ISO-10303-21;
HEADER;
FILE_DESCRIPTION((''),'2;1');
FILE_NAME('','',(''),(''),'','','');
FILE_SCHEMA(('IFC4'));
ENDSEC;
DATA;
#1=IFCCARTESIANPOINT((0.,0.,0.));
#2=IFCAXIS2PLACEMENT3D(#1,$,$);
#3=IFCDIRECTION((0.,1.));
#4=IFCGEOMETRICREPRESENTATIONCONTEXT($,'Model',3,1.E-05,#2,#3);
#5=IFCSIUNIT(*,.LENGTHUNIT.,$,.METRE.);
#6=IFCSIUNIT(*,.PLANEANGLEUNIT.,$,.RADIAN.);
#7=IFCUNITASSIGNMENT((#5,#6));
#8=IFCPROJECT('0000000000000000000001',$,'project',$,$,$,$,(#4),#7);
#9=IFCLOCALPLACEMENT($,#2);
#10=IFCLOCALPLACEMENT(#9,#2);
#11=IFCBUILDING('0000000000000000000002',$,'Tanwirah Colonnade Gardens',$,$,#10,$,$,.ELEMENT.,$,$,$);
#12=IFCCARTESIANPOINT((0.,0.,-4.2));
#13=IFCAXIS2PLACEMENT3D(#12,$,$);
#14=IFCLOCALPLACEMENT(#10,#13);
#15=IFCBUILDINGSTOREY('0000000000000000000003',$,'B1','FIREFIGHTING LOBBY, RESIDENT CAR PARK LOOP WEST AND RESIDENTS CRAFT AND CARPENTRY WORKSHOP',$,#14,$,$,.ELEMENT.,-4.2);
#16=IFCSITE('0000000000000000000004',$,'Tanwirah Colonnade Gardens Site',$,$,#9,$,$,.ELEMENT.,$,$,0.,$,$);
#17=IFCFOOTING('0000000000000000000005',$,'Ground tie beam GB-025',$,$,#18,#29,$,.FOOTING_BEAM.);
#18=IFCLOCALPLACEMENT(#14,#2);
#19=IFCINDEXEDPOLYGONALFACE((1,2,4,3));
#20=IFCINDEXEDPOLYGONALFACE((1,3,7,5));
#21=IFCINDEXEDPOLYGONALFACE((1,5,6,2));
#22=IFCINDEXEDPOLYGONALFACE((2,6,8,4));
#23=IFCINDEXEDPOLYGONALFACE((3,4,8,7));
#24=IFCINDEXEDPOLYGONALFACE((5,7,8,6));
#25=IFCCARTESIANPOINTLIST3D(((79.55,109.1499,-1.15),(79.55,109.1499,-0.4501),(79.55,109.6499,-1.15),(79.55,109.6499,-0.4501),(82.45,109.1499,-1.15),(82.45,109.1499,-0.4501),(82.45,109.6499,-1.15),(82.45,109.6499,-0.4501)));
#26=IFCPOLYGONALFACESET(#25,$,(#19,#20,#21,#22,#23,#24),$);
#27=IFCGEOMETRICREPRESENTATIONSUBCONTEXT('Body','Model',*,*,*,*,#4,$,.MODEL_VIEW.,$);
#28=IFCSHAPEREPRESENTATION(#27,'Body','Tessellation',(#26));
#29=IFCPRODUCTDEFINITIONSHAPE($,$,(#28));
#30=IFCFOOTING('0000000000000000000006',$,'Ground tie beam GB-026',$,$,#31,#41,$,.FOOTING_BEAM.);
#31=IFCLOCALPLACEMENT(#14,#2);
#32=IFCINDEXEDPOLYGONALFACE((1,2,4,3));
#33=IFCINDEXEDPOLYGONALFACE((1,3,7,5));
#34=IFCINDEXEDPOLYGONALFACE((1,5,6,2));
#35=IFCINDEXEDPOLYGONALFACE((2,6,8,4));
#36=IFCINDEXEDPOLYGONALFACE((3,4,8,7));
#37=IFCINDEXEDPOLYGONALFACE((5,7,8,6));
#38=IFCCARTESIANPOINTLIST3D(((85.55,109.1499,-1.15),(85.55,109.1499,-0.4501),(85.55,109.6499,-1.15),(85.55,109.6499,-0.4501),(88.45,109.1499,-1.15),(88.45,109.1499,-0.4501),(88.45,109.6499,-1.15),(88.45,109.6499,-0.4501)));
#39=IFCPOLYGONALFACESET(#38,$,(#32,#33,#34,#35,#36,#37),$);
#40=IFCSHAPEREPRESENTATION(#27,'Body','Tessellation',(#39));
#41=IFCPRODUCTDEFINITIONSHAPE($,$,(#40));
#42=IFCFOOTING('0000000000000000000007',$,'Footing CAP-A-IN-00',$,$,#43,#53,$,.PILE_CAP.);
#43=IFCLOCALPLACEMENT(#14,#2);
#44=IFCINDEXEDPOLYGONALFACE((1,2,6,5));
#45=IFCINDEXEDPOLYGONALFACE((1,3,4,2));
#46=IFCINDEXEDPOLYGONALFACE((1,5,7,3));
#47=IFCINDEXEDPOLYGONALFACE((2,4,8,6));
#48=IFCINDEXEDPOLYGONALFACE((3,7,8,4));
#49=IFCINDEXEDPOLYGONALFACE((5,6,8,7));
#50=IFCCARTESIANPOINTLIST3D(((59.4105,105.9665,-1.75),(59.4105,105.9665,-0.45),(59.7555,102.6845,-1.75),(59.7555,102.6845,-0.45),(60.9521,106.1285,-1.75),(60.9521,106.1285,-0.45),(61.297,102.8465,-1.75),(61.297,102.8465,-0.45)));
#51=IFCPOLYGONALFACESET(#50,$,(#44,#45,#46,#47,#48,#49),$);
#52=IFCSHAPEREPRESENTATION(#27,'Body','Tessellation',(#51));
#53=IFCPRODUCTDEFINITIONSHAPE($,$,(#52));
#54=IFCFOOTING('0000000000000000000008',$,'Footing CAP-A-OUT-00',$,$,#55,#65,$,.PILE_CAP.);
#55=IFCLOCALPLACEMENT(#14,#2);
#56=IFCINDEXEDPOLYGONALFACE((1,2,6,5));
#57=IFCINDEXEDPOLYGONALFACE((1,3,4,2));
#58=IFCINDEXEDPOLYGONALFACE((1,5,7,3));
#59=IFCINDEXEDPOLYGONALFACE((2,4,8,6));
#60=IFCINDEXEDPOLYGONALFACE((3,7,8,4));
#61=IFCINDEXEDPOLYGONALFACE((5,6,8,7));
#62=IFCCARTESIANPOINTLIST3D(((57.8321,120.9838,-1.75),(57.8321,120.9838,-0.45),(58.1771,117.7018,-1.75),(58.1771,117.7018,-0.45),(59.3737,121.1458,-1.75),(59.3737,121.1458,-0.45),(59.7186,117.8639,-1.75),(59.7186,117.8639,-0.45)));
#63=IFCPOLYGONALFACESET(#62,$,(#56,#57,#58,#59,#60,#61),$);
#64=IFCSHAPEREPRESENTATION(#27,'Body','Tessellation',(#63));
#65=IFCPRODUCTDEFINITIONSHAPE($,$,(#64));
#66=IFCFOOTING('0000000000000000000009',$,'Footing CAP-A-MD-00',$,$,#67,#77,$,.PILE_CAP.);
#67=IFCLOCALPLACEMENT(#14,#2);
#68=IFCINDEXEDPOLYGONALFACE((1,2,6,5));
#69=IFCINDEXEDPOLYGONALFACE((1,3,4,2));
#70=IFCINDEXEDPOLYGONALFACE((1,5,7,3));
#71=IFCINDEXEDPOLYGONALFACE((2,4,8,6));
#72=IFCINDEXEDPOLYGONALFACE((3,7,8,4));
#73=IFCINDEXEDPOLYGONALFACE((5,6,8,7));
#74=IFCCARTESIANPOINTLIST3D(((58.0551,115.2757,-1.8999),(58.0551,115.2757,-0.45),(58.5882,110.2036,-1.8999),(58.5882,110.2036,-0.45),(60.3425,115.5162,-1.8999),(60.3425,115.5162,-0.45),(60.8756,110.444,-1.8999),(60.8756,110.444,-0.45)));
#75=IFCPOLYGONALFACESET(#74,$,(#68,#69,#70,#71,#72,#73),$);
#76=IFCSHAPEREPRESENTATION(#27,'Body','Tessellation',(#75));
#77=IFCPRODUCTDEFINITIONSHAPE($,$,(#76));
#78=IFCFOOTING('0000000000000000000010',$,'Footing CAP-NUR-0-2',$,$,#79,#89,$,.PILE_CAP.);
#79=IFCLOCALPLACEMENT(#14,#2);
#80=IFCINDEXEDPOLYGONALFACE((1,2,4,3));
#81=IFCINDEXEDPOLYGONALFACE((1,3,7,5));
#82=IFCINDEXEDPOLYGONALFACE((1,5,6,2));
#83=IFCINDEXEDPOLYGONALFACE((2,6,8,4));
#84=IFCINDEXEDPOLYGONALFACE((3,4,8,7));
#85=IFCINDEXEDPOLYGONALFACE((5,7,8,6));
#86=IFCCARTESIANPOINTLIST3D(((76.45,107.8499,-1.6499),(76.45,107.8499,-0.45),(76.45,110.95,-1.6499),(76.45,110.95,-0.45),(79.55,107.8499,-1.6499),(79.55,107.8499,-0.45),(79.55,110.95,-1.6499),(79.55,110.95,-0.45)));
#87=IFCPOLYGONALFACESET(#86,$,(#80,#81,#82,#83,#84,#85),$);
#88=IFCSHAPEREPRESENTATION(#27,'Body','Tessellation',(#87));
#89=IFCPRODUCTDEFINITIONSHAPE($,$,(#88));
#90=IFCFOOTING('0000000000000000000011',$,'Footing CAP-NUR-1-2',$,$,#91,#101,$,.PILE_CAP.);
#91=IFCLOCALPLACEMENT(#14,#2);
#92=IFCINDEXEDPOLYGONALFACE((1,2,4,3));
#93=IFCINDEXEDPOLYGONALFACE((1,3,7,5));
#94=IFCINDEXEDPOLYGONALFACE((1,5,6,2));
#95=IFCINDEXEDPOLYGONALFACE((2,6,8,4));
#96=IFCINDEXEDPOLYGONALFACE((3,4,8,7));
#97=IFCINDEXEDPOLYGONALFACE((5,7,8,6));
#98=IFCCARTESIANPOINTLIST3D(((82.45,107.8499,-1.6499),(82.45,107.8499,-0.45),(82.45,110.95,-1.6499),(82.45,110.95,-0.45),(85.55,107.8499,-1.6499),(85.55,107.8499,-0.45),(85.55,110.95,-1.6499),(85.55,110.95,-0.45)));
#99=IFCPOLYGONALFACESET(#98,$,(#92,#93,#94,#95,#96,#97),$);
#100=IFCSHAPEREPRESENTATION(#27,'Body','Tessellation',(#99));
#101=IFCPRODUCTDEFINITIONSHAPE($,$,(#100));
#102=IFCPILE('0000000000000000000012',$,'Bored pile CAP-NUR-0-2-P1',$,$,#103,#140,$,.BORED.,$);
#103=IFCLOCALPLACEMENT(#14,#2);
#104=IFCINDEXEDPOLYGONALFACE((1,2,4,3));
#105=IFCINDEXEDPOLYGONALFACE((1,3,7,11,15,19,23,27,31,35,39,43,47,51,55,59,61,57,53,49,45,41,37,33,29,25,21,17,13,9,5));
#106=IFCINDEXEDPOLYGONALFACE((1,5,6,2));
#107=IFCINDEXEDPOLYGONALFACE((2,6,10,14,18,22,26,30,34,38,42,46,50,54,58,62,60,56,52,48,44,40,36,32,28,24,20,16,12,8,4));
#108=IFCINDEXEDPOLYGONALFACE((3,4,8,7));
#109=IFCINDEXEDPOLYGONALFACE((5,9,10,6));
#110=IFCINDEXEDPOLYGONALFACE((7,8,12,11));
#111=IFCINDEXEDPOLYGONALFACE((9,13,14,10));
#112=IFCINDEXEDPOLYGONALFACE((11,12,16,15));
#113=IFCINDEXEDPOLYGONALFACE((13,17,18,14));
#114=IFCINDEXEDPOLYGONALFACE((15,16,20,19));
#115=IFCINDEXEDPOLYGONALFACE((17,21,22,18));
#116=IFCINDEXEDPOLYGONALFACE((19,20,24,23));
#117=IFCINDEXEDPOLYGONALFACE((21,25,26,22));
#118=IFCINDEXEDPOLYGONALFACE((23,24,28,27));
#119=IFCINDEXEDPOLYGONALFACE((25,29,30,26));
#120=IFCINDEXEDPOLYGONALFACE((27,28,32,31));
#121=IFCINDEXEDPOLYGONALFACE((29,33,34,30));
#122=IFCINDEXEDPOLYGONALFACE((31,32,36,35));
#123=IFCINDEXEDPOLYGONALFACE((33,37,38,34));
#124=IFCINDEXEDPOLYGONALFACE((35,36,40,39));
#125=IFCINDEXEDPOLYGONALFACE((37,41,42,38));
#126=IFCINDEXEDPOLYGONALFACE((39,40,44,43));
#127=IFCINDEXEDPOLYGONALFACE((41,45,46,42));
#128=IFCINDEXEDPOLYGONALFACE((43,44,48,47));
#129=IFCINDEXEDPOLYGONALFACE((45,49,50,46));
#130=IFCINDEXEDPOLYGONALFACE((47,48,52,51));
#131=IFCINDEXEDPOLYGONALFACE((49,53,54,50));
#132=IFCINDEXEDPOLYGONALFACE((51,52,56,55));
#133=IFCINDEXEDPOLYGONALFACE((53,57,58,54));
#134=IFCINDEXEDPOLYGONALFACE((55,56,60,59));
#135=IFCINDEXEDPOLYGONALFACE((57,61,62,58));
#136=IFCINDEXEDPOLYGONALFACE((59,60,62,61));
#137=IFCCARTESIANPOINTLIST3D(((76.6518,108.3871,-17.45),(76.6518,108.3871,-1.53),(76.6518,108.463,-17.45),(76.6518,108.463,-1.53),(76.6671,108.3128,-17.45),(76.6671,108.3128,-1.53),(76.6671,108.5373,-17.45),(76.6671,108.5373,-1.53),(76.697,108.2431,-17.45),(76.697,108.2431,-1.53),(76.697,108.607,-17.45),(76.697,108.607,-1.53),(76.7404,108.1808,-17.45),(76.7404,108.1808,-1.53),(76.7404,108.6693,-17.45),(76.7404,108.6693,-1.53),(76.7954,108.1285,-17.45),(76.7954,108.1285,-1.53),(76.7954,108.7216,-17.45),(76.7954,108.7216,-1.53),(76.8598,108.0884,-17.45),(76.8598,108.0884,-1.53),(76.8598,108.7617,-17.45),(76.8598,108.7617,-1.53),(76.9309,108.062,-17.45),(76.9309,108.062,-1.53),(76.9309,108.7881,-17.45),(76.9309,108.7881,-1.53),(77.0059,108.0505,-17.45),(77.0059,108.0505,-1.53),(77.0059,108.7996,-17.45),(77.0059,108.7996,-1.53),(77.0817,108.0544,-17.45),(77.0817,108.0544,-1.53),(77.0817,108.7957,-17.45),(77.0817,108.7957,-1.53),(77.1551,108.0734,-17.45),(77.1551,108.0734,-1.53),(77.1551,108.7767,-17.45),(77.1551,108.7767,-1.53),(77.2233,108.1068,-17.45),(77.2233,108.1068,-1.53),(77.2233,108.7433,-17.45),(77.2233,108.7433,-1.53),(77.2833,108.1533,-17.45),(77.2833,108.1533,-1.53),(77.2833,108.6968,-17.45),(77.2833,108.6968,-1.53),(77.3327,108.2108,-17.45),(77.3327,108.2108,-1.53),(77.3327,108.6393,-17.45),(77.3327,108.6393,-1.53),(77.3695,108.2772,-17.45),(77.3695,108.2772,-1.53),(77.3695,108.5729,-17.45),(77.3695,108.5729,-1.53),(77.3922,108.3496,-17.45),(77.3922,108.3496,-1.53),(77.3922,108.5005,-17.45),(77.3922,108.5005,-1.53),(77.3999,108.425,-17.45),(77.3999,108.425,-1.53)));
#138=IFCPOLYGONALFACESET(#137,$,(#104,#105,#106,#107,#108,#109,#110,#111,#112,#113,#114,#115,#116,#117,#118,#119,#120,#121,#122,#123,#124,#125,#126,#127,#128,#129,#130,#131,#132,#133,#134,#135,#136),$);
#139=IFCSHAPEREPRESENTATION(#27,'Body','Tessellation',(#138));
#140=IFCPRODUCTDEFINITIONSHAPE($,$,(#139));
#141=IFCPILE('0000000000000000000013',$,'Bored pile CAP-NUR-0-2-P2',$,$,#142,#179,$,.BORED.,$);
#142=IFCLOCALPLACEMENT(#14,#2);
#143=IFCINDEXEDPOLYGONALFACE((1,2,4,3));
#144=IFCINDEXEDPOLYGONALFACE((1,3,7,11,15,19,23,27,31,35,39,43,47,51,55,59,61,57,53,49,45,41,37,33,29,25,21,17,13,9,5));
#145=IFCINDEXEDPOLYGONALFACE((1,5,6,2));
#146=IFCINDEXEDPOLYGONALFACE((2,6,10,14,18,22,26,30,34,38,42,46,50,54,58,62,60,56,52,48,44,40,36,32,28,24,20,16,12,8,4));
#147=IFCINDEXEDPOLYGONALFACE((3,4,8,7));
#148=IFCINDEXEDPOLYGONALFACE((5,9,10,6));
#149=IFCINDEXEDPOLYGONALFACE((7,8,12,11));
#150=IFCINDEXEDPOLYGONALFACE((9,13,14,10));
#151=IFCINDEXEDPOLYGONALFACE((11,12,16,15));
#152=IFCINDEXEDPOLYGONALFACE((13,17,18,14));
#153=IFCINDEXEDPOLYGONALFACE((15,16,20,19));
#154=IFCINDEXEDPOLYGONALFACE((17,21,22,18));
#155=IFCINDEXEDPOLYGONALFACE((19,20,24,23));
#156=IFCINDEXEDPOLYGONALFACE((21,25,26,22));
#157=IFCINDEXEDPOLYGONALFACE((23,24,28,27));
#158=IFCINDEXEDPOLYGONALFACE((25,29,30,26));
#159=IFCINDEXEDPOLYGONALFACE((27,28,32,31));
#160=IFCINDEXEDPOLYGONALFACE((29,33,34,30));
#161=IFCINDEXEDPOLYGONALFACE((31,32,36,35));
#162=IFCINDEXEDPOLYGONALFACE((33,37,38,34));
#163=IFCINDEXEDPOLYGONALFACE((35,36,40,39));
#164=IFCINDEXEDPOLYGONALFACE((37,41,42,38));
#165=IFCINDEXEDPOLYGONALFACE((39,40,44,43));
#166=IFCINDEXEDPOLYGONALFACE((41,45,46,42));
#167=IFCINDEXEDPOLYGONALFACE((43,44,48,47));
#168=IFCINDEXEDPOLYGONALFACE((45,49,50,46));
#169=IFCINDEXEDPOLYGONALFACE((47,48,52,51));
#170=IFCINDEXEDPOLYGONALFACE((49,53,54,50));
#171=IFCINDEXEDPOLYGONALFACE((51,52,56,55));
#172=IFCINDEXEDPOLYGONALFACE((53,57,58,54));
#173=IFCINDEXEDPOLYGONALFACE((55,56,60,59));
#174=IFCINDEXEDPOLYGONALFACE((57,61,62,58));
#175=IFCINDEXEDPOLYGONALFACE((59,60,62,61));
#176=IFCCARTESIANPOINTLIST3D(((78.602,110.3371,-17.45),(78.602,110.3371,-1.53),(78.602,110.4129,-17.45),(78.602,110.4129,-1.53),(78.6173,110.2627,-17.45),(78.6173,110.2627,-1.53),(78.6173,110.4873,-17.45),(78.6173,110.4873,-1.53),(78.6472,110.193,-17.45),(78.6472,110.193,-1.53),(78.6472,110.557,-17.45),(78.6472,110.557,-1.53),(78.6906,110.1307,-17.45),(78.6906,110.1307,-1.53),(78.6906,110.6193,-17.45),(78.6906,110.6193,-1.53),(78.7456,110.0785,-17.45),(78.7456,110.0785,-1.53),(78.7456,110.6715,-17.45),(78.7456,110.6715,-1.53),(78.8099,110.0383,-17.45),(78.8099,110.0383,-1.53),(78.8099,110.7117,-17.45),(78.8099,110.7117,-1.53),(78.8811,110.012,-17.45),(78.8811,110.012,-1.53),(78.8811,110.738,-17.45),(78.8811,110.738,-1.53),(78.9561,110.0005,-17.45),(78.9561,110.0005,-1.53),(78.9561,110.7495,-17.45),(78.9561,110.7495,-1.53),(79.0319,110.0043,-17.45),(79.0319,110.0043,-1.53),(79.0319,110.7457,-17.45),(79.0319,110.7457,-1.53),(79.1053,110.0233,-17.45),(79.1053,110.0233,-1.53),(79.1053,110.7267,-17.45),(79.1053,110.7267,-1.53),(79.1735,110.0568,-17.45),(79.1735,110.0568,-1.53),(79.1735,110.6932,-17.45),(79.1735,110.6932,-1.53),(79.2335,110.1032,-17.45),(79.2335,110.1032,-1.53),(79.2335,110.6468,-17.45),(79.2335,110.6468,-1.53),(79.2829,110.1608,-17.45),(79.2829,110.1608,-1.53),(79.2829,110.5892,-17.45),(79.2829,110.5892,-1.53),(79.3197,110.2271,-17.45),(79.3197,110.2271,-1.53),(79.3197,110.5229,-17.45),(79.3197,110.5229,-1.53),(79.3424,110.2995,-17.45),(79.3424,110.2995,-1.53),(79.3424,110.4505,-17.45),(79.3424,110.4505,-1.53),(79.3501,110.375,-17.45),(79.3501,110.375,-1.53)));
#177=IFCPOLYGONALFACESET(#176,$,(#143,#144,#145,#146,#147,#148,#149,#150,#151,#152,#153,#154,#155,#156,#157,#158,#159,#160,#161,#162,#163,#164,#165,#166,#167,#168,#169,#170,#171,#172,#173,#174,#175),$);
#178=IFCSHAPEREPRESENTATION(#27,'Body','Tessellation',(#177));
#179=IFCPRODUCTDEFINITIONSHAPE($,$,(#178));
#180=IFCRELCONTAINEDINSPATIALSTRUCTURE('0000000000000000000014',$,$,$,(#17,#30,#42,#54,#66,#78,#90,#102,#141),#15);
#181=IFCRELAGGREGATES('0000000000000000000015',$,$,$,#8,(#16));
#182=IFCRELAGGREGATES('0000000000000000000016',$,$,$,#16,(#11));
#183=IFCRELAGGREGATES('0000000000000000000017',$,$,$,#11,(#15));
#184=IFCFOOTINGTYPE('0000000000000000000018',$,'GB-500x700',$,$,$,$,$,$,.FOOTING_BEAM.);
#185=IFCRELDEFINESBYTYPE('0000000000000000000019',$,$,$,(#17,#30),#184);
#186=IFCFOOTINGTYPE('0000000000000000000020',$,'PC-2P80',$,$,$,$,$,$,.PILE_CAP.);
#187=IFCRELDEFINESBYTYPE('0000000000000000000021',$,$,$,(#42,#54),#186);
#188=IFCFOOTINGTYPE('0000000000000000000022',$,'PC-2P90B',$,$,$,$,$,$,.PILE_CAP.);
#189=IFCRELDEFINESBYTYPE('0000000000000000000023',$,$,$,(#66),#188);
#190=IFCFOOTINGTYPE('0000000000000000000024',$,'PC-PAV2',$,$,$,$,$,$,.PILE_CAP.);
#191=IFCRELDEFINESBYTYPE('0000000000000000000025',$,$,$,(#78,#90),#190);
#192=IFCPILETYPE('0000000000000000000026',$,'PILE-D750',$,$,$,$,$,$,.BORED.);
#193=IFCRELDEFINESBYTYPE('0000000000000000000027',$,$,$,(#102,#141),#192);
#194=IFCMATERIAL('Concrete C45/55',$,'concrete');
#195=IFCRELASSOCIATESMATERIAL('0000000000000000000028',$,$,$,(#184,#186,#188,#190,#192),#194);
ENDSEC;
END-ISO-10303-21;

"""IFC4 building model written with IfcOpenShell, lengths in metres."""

from ifc_helpers import new_model, si_unit, direction, frame, origin, origin_2d, place, context, subcontext, project, spatial, rectangle, circle, extrude, material, material_profile, profile_set, type_object, element, save


model = new_model("IFC4")

# Units and contexts
model_context = context("Model", 3, precision=1e-05, world=origin(), true_north=direction((0.0, 1.0)))
body_context = subcontext(model_context, "Body", "Model", "MODEL_VIEW")
ifc_project = project(units=[si_unit("LENGTHUNIT", "METRE"), si_unit("PLANEANGLEUNIT", "RADIAN")], contexts=[model_context])

# Site, building, storey
site_placement = place(None, origin())
site = spatial("IfcSite", under=ifc_project, at=site_placement, Name="Tanwirah Colonnade Gardens Site", CompositionType="ELEMENT", RefElevation=0.0)
building_placement = place(site_placement, origin())
building = spatial("IfcBuilding", under=site, at=building_placement, Name="Tanwirah Colonnade Gardens", CompositionType="ELEMENT")
storey_placement = place(building_placement, frame((0.0, 0.0, -4.2)))
storey = spatial("IfcBuildingStorey", under=building, at=storey_placement, Name="B1", Description="FIREFIGHTING LOBBY, RESIDENT CAR PARK LOOP WEST AND RESIDENTS CRAFT AND CARPENTRY WORKSHOP", CompositionType="ELEMENT", Elevation=-4.2)

# Footings
ifc_material_1 = material(Name="Concrete C45/55", Category="concrete")
ifc_material_profile_1 = material_profile(ifc_material_1, rectangle(XDim=0.5, YDim=0.7, at=origin_2d()), Name="GB-500x700")
ifc_profile_set_1 = profile_set([ifc_material_profile_1], Name="Concrete C45/55")
footing_type_1 = type_object("IfcFootingType", Name="GB-500x700", PredefinedType="FOOTING_BEAM", material=ifc_profile_set_1)
for number, where, z_axis, x_axis, name in (
    (1, (79.55, 109.3999, -0.8), (1.0, 0.0, 0.0), (0.0, 1.0, 0.0), "Ground tie beam GB-025"),
    (2, (85.55, 109.3999, -0.8), (1.0, 0.0, 0.0), (0.0, 1.0, 0.0), "Ground tie beam GB-026"),
):
    element("IfcFooting", number, at=place(storey_placement, frame(where, z_axis=z_axis, x_axis=x_axis)), inside=storey, type_object=footing_type_1, Name=name, PredefinedType="FOOTING_BEAM", context=body_context, shape_type="SweptSolid", body=[
        extrude(rectangle(XDim=0.5, YDim=0.7, at=origin_2d()), origin(), (0.0, 0.0, 1.0), 2.8999),
    ])
footing_type_2 = type_object("IfcFootingType", Name="PC-2P80", PredefinedType="PILE_CAP", material=ifc_material_1)
for number, where, z_axis, x_axis, name in (
    (3, (60.3538, 104.4065, -1.75), (0.0, 0.0, 1.0), (-0.104528, 0.994522, 0.0), "Footing CAP-A-IN-00"),
    (4, (58.7754, 119.4238, -1.75), (0.0, 0.0, 1.0), (-0.104528, 0.994522, 0.0), "Footing CAP-A-OUT-00"),
):
    element("IfcFooting", number, at=place(storey_placement, frame(where, z_axis=z_axis, x_axis=x_axis)), inside=storey, type_object=footing_type_2, Name=name, PredefinedType="PILE_CAP", context=body_context, shape_type="SweptSolid", body=[
        extrude(rectangle(XDim=3.3, YDim=1.55, at=origin_2d()), origin(), (0.0, 0.0, 1.0), 1.3),
    ])
footing_type_3 = type_object("IfcFootingType", Name="PC-2P90B", PredefinedType="PILE_CAP", material=ifc_material_1)
footing_placement = place(storey_placement, frame((59.4653, 112.8599, -1.8999), z_axis=(0.0, 0.0, 1.0), x_axis=(-0.104528, 0.994522, 0.0)))
element("IfcFooting", 5, at=footing_placement, inside=storey, type_object=footing_type_3, Name="Footing CAP-A-MD-00", PredefinedType="PILE_CAP", context=body_context, shape_type="SweptSolid", body=[
    extrude(rectangle(XDim=5.1001, YDim=2.3, at=origin_2d()), origin(), (0.0, 0.0, 1.0), 1.45),
])
footing_type_4 = type_object("IfcFootingType", Name="PC-PAV2", PredefinedType="PILE_CAP", material=ifc_material_1)
for number, where, z_axis, x_axis, name in (
    (6, (78.0, 109.3999, -1.6499), (0.0, 0.0, 1.0), (1.0, 0.0, 0.0), "Footing CAP-NUR-0-2"),
    (7, (84.0, 109.3999, -1.6499), (0.0, 0.0, 1.0), (1.0, 0.0, 0.0), "Footing CAP-NUR-1-2"),
):
    element("IfcFooting", number, at=place(storey_placement, frame(where, z_axis=z_axis, x_axis=x_axis)), inside=storey, type_object=footing_type_4, Name=name, PredefinedType="PILE_CAP", context=body_context, shape_type="SweptSolid", body=[
        extrude(rectangle(XDim=3.1001, YDim=3.1001, at=origin_2d()), origin(), (0.0, 0.0, 1.0), 1.2),
    ])

# Piles
ifc_material_profile_2 = material_profile(ifc_material_1, circle(Radius=0.375, at=origin_2d()), Name="PILE D750")
ifc_profile_set_2 = profile_set([ifc_material_profile_2], Name="Concrete C45/55")
pile_type_1 = type_object("IfcPileType", Name="PILE-D750", PredefinedType="BORED", material=ifc_profile_set_2)
for number, where, z_axis, x_axis, name in (
    (8, (77.0249, 108.425, -1.53), (0.0, 0.0, -1.0), (1.0, 0.0, 0.0), "Bored pile CAP-NUR-0-2-P1"),
    (9, (78.9751, 110.375, -1.53), (0.0, 0.0, -1.0), (1.0, 0.0, 0.0), "Bored pile CAP-NUR-0-2-P2"),
):
    element("IfcPile", number, at=place(storey_placement, frame(where, z_axis=z_axis, x_axis=x_axis)), inside=storey, type_object=pile_type_1, Name=name, PredefinedType="BORED", context=body_context, shape_type="SweptSolid", body=[
        extrude(circle(Radius=0.375, at=origin_2d()), origin(), (0.0, 0.0, 1.0), 15.9199),
    ])

save(model, "model.ifc")
